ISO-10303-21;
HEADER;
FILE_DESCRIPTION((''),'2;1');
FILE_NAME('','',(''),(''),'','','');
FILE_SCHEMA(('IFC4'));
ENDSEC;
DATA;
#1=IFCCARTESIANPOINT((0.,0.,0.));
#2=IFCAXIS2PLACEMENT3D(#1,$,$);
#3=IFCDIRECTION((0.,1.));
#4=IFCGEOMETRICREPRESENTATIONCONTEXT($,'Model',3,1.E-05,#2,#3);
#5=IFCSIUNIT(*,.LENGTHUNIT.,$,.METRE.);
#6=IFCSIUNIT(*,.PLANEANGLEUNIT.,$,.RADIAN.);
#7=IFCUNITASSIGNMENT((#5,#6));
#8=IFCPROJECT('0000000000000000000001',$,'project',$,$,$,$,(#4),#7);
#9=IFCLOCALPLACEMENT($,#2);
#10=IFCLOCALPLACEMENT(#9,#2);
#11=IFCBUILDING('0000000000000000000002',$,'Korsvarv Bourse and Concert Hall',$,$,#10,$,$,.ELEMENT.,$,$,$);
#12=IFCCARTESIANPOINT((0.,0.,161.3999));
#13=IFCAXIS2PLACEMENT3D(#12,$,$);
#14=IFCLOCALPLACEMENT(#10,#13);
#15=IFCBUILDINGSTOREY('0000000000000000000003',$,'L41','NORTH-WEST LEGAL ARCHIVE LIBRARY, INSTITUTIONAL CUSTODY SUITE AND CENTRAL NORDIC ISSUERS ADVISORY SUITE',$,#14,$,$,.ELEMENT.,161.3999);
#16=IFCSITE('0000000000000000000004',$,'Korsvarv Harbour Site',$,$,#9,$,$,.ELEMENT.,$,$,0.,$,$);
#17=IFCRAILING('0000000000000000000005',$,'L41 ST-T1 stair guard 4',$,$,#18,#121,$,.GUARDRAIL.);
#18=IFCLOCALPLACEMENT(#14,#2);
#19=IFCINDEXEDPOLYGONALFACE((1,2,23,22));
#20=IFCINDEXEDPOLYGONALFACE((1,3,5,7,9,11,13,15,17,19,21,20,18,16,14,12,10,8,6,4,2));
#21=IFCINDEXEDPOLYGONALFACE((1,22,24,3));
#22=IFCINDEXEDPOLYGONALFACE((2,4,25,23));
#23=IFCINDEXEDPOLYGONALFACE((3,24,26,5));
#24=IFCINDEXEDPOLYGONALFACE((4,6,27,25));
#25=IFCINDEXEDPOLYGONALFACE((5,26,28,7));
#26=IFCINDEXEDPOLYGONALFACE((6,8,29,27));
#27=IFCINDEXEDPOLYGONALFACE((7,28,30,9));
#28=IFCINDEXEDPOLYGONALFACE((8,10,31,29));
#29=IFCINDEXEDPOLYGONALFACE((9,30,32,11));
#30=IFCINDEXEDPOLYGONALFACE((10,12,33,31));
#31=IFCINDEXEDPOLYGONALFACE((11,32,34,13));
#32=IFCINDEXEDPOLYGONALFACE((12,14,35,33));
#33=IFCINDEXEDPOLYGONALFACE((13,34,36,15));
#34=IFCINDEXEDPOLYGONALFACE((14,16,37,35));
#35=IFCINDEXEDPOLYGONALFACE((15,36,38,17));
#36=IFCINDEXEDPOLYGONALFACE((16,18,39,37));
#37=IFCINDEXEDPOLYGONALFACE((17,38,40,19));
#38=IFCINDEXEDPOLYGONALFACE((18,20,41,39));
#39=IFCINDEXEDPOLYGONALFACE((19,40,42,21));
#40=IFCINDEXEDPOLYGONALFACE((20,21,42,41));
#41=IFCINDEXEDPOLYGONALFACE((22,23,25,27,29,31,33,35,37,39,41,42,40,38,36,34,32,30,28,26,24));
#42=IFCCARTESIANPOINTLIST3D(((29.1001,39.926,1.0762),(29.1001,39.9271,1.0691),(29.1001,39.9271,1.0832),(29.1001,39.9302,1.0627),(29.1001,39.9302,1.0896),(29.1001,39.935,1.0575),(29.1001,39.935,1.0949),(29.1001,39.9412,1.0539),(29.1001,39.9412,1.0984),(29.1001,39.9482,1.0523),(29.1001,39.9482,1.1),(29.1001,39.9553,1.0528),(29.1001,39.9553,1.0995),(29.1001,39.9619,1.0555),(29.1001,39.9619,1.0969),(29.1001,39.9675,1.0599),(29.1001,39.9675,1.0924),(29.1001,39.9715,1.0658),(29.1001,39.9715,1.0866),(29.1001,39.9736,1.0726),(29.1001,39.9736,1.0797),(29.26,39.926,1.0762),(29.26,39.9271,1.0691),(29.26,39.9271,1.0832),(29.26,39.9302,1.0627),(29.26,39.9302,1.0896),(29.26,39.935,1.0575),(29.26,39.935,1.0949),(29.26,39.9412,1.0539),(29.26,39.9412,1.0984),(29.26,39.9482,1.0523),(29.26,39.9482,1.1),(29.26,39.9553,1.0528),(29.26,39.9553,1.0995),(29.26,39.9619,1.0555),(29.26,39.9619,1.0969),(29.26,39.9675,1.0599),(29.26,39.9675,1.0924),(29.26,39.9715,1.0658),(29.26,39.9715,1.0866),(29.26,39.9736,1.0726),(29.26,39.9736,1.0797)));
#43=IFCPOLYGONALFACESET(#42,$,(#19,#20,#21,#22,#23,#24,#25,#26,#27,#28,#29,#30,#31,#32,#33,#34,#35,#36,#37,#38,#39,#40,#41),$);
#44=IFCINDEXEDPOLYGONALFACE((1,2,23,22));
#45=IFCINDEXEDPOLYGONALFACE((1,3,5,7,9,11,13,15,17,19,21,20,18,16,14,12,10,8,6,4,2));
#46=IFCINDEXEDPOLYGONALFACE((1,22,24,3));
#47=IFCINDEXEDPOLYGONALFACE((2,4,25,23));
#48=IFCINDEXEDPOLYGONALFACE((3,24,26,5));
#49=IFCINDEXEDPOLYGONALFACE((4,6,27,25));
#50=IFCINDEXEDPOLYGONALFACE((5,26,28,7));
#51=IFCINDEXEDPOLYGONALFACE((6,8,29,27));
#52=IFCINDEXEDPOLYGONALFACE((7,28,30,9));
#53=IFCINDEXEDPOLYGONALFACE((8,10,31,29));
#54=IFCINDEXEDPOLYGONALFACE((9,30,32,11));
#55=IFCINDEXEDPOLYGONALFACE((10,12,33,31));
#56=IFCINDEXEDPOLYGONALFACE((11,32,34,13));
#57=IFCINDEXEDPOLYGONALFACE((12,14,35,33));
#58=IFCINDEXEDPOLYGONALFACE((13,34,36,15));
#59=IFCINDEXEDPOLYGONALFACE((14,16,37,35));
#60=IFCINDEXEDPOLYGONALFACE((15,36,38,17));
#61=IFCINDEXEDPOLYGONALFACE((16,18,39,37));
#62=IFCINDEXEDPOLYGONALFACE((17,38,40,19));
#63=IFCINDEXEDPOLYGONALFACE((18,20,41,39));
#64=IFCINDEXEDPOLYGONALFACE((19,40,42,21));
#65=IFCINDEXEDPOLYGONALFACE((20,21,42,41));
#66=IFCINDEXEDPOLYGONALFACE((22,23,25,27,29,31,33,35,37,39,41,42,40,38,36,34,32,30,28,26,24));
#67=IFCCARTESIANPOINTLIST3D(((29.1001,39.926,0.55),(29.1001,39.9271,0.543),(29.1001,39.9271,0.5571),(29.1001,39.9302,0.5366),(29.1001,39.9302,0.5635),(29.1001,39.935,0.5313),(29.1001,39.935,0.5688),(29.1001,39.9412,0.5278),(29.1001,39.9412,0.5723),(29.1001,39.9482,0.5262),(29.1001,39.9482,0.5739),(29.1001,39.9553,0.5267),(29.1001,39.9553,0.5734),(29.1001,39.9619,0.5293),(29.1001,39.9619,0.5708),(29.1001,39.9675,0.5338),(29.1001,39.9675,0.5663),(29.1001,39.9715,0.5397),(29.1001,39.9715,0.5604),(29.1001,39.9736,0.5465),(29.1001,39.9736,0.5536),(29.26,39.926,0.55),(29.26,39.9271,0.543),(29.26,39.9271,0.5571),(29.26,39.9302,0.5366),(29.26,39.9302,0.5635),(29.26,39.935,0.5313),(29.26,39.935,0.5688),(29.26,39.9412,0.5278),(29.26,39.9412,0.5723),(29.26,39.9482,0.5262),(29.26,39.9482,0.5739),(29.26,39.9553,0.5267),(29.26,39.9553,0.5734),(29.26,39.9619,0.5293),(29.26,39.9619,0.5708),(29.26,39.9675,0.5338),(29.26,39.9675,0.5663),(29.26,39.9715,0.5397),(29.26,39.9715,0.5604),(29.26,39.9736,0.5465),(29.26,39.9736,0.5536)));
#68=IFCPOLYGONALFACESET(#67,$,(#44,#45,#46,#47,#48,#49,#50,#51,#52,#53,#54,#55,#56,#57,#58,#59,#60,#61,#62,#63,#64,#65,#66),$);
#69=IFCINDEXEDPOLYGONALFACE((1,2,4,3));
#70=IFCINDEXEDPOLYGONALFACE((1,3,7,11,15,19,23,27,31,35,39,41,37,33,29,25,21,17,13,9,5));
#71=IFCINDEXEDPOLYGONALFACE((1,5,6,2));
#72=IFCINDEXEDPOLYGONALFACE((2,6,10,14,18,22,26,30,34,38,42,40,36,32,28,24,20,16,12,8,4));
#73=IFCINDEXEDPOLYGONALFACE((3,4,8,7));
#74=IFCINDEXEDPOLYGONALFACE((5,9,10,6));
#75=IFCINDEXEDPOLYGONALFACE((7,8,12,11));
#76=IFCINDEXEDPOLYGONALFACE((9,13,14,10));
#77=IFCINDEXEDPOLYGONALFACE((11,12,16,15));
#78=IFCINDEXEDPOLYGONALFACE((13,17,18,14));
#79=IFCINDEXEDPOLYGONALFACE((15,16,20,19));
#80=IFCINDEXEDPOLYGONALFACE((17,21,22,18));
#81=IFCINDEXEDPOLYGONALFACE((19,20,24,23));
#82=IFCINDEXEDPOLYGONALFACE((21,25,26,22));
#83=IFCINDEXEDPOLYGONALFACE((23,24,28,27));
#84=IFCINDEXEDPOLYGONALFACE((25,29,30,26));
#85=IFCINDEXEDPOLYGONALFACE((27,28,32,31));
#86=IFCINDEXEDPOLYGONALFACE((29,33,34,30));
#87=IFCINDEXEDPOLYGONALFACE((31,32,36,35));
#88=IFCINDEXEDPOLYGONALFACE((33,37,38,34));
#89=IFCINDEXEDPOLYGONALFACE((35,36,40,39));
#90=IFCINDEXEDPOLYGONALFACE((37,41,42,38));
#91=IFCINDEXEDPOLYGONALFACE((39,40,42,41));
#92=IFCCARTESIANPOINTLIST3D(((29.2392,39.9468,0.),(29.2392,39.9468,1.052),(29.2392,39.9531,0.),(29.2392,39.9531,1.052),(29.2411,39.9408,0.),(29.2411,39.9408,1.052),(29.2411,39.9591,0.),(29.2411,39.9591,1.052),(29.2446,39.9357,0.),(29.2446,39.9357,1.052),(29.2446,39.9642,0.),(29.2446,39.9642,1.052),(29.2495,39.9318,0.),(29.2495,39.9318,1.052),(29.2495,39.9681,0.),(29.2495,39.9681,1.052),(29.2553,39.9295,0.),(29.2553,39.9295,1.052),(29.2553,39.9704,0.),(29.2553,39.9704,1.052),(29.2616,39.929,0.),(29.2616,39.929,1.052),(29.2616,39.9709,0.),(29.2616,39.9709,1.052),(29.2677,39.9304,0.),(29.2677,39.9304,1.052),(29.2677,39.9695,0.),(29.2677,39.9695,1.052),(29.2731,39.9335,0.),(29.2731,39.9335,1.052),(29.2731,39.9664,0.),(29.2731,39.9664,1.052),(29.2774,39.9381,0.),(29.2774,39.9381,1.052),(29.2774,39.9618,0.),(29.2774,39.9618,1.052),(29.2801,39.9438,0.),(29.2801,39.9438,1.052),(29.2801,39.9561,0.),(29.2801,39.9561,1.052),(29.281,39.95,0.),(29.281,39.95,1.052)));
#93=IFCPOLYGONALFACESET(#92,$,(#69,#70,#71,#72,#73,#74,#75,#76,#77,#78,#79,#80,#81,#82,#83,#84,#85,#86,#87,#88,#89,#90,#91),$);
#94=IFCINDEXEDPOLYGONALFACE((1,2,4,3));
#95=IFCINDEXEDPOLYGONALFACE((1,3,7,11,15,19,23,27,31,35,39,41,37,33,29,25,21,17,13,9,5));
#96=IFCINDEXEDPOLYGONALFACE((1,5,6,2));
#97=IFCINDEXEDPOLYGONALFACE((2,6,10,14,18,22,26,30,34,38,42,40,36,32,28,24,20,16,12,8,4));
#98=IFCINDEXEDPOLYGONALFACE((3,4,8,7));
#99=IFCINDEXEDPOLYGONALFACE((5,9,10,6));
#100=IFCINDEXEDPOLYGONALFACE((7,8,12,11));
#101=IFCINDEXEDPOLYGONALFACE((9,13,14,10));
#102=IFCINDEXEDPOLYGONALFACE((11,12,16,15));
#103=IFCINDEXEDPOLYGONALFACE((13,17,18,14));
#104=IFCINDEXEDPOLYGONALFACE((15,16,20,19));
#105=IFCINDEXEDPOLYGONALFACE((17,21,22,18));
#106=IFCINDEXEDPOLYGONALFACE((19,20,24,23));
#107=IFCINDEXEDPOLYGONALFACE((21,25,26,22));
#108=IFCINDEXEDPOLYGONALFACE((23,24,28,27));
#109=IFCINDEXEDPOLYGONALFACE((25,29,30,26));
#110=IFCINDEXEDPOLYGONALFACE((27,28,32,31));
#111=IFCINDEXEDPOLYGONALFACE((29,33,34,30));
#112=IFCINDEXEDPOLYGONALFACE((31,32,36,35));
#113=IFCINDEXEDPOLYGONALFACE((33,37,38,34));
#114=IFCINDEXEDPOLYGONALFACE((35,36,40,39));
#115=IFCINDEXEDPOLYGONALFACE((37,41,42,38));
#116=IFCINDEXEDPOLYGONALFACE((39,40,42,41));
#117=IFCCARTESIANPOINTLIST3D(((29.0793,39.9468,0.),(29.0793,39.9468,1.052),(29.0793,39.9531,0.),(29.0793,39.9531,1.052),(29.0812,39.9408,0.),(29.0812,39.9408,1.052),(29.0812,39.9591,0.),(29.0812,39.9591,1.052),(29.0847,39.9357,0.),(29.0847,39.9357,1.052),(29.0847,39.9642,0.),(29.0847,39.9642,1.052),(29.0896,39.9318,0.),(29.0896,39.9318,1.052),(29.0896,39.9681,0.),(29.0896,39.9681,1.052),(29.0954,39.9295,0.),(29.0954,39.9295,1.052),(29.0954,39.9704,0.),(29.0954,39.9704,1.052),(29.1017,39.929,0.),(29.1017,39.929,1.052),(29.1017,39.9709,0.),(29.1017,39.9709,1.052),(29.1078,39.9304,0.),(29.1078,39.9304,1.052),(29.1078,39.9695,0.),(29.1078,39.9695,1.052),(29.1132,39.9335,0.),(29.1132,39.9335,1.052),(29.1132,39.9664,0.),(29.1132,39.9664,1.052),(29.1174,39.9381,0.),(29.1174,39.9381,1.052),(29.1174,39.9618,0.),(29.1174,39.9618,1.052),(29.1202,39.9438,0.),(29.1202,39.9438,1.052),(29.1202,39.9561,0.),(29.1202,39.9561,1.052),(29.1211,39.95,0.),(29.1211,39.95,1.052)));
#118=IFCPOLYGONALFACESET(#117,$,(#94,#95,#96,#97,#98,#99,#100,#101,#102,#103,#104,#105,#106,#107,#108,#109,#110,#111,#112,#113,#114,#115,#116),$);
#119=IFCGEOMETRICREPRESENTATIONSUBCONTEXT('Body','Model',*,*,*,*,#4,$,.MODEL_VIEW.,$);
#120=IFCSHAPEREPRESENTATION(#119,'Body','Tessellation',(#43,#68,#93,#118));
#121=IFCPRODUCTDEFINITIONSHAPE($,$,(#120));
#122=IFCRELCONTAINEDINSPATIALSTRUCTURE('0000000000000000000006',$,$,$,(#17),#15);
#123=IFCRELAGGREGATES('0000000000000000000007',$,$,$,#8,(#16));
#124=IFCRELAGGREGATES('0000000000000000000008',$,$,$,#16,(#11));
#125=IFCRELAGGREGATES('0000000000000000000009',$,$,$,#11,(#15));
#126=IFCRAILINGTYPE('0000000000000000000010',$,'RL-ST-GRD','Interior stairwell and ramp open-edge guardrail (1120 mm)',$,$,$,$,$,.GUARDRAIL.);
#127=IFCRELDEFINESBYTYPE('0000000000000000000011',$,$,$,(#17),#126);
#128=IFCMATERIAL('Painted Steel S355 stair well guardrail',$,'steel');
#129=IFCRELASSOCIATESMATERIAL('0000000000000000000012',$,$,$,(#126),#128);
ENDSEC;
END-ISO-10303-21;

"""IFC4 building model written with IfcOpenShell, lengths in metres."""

from ifc_helpers import new_model, si_unit, direction, frame, origin, origin_2d, place, context, subcontext, project, spatial, circle, extrude, material, type_object, element, save


model = new_model("IFC4")

# Units and contexts
model_context = context("Model", 3, precision=1e-05, world=origin(), true_north=direction((0.0, 1.0)))
body_context = subcontext(model_context, "Body", "Model", "MODEL_VIEW")
ifc_project = project(units=[si_unit("LENGTHUNIT", "METRE"), si_unit("PLANEANGLEUNIT", "RADIAN")], contexts=[model_context])

# Site, building, storey
site_placement = place(None, origin())
site = spatial("IfcSite", under=ifc_project, at=site_placement, Name="Korsvarv Harbour Site", CompositionType="ELEMENT", RefElevation=0.0)
building_placement = place(site_placement, origin())
building = spatial("IfcBuilding", under=site, at=building_placement, Name="Korsvarv Bourse and Concert Hall", CompositionType="ELEMENT")
storey_placement = place(building_placement, frame((0.0, 0.0, 161.3999)))
storey = spatial("IfcBuildingStorey", under=building, at=storey_placement, Name="L41", Description="NORTH-WEST LEGAL ARCHIVE LIBRARY, INSTITUTIONAL CUSTODY SUITE AND CENTRAL NORDIC ISSUERS ADVISORY SUITE", CompositionType="ELEMENT", Elevation=161.3999)

# Railing
ifc_material_1 = material(Name="Painted Steel S355 stair well guardrail", Category="steel")
railing_type_1 = type_object("IfcRailingType", Name="RL-ST-GRD", Description="Interior stairwell and ramp open-edge guardrail (1120 mm)", PredefinedType="GUARDRAIL", material=ifc_material_1)
railing_1_placement = place(storey_placement, frame((29.26, 39.95, 0.0)))
element("IfcRailing", 1, at=railing_1_placement, inside=storey, type_object=railing_type_1, Name="L41 ST-T1 stair guard 4", PredefinedType="GUARDRAIL", context=body_context, shape_type="SweptSolid", body=[
    extrude(circle(Radius=0.0239, at=origin_2d()), frame((0.0, 0.0, 1.0762), z_axis=(-1.0, 0.0, 0.0), x_axis=(0.0, -1.0, 0.0)), (0.0, 0.0, 1.0), 0.1599),
    extrude(circle(Radius=0.0239, at=origin_2d()), frame((0.0, 0.0, 0.55), z_axis=(-1.0, 0.0, 0.0), x_axis=(0.0, -1.0, 0.0)), (0.0, 0.0, 1.0), 0.1599),
    extrude(circle(Radius=0.021, at=origin_2d()), origin(), (0.0, 0.0, 1.0), 1.052),
    extrude(circle(Radius=0.021, at=origin_2d()), frame((-0.1599, 0.0, 0.0)), (0.0, 0.0, 1.0), 1.052),
])

save(model, "model.ifc")
